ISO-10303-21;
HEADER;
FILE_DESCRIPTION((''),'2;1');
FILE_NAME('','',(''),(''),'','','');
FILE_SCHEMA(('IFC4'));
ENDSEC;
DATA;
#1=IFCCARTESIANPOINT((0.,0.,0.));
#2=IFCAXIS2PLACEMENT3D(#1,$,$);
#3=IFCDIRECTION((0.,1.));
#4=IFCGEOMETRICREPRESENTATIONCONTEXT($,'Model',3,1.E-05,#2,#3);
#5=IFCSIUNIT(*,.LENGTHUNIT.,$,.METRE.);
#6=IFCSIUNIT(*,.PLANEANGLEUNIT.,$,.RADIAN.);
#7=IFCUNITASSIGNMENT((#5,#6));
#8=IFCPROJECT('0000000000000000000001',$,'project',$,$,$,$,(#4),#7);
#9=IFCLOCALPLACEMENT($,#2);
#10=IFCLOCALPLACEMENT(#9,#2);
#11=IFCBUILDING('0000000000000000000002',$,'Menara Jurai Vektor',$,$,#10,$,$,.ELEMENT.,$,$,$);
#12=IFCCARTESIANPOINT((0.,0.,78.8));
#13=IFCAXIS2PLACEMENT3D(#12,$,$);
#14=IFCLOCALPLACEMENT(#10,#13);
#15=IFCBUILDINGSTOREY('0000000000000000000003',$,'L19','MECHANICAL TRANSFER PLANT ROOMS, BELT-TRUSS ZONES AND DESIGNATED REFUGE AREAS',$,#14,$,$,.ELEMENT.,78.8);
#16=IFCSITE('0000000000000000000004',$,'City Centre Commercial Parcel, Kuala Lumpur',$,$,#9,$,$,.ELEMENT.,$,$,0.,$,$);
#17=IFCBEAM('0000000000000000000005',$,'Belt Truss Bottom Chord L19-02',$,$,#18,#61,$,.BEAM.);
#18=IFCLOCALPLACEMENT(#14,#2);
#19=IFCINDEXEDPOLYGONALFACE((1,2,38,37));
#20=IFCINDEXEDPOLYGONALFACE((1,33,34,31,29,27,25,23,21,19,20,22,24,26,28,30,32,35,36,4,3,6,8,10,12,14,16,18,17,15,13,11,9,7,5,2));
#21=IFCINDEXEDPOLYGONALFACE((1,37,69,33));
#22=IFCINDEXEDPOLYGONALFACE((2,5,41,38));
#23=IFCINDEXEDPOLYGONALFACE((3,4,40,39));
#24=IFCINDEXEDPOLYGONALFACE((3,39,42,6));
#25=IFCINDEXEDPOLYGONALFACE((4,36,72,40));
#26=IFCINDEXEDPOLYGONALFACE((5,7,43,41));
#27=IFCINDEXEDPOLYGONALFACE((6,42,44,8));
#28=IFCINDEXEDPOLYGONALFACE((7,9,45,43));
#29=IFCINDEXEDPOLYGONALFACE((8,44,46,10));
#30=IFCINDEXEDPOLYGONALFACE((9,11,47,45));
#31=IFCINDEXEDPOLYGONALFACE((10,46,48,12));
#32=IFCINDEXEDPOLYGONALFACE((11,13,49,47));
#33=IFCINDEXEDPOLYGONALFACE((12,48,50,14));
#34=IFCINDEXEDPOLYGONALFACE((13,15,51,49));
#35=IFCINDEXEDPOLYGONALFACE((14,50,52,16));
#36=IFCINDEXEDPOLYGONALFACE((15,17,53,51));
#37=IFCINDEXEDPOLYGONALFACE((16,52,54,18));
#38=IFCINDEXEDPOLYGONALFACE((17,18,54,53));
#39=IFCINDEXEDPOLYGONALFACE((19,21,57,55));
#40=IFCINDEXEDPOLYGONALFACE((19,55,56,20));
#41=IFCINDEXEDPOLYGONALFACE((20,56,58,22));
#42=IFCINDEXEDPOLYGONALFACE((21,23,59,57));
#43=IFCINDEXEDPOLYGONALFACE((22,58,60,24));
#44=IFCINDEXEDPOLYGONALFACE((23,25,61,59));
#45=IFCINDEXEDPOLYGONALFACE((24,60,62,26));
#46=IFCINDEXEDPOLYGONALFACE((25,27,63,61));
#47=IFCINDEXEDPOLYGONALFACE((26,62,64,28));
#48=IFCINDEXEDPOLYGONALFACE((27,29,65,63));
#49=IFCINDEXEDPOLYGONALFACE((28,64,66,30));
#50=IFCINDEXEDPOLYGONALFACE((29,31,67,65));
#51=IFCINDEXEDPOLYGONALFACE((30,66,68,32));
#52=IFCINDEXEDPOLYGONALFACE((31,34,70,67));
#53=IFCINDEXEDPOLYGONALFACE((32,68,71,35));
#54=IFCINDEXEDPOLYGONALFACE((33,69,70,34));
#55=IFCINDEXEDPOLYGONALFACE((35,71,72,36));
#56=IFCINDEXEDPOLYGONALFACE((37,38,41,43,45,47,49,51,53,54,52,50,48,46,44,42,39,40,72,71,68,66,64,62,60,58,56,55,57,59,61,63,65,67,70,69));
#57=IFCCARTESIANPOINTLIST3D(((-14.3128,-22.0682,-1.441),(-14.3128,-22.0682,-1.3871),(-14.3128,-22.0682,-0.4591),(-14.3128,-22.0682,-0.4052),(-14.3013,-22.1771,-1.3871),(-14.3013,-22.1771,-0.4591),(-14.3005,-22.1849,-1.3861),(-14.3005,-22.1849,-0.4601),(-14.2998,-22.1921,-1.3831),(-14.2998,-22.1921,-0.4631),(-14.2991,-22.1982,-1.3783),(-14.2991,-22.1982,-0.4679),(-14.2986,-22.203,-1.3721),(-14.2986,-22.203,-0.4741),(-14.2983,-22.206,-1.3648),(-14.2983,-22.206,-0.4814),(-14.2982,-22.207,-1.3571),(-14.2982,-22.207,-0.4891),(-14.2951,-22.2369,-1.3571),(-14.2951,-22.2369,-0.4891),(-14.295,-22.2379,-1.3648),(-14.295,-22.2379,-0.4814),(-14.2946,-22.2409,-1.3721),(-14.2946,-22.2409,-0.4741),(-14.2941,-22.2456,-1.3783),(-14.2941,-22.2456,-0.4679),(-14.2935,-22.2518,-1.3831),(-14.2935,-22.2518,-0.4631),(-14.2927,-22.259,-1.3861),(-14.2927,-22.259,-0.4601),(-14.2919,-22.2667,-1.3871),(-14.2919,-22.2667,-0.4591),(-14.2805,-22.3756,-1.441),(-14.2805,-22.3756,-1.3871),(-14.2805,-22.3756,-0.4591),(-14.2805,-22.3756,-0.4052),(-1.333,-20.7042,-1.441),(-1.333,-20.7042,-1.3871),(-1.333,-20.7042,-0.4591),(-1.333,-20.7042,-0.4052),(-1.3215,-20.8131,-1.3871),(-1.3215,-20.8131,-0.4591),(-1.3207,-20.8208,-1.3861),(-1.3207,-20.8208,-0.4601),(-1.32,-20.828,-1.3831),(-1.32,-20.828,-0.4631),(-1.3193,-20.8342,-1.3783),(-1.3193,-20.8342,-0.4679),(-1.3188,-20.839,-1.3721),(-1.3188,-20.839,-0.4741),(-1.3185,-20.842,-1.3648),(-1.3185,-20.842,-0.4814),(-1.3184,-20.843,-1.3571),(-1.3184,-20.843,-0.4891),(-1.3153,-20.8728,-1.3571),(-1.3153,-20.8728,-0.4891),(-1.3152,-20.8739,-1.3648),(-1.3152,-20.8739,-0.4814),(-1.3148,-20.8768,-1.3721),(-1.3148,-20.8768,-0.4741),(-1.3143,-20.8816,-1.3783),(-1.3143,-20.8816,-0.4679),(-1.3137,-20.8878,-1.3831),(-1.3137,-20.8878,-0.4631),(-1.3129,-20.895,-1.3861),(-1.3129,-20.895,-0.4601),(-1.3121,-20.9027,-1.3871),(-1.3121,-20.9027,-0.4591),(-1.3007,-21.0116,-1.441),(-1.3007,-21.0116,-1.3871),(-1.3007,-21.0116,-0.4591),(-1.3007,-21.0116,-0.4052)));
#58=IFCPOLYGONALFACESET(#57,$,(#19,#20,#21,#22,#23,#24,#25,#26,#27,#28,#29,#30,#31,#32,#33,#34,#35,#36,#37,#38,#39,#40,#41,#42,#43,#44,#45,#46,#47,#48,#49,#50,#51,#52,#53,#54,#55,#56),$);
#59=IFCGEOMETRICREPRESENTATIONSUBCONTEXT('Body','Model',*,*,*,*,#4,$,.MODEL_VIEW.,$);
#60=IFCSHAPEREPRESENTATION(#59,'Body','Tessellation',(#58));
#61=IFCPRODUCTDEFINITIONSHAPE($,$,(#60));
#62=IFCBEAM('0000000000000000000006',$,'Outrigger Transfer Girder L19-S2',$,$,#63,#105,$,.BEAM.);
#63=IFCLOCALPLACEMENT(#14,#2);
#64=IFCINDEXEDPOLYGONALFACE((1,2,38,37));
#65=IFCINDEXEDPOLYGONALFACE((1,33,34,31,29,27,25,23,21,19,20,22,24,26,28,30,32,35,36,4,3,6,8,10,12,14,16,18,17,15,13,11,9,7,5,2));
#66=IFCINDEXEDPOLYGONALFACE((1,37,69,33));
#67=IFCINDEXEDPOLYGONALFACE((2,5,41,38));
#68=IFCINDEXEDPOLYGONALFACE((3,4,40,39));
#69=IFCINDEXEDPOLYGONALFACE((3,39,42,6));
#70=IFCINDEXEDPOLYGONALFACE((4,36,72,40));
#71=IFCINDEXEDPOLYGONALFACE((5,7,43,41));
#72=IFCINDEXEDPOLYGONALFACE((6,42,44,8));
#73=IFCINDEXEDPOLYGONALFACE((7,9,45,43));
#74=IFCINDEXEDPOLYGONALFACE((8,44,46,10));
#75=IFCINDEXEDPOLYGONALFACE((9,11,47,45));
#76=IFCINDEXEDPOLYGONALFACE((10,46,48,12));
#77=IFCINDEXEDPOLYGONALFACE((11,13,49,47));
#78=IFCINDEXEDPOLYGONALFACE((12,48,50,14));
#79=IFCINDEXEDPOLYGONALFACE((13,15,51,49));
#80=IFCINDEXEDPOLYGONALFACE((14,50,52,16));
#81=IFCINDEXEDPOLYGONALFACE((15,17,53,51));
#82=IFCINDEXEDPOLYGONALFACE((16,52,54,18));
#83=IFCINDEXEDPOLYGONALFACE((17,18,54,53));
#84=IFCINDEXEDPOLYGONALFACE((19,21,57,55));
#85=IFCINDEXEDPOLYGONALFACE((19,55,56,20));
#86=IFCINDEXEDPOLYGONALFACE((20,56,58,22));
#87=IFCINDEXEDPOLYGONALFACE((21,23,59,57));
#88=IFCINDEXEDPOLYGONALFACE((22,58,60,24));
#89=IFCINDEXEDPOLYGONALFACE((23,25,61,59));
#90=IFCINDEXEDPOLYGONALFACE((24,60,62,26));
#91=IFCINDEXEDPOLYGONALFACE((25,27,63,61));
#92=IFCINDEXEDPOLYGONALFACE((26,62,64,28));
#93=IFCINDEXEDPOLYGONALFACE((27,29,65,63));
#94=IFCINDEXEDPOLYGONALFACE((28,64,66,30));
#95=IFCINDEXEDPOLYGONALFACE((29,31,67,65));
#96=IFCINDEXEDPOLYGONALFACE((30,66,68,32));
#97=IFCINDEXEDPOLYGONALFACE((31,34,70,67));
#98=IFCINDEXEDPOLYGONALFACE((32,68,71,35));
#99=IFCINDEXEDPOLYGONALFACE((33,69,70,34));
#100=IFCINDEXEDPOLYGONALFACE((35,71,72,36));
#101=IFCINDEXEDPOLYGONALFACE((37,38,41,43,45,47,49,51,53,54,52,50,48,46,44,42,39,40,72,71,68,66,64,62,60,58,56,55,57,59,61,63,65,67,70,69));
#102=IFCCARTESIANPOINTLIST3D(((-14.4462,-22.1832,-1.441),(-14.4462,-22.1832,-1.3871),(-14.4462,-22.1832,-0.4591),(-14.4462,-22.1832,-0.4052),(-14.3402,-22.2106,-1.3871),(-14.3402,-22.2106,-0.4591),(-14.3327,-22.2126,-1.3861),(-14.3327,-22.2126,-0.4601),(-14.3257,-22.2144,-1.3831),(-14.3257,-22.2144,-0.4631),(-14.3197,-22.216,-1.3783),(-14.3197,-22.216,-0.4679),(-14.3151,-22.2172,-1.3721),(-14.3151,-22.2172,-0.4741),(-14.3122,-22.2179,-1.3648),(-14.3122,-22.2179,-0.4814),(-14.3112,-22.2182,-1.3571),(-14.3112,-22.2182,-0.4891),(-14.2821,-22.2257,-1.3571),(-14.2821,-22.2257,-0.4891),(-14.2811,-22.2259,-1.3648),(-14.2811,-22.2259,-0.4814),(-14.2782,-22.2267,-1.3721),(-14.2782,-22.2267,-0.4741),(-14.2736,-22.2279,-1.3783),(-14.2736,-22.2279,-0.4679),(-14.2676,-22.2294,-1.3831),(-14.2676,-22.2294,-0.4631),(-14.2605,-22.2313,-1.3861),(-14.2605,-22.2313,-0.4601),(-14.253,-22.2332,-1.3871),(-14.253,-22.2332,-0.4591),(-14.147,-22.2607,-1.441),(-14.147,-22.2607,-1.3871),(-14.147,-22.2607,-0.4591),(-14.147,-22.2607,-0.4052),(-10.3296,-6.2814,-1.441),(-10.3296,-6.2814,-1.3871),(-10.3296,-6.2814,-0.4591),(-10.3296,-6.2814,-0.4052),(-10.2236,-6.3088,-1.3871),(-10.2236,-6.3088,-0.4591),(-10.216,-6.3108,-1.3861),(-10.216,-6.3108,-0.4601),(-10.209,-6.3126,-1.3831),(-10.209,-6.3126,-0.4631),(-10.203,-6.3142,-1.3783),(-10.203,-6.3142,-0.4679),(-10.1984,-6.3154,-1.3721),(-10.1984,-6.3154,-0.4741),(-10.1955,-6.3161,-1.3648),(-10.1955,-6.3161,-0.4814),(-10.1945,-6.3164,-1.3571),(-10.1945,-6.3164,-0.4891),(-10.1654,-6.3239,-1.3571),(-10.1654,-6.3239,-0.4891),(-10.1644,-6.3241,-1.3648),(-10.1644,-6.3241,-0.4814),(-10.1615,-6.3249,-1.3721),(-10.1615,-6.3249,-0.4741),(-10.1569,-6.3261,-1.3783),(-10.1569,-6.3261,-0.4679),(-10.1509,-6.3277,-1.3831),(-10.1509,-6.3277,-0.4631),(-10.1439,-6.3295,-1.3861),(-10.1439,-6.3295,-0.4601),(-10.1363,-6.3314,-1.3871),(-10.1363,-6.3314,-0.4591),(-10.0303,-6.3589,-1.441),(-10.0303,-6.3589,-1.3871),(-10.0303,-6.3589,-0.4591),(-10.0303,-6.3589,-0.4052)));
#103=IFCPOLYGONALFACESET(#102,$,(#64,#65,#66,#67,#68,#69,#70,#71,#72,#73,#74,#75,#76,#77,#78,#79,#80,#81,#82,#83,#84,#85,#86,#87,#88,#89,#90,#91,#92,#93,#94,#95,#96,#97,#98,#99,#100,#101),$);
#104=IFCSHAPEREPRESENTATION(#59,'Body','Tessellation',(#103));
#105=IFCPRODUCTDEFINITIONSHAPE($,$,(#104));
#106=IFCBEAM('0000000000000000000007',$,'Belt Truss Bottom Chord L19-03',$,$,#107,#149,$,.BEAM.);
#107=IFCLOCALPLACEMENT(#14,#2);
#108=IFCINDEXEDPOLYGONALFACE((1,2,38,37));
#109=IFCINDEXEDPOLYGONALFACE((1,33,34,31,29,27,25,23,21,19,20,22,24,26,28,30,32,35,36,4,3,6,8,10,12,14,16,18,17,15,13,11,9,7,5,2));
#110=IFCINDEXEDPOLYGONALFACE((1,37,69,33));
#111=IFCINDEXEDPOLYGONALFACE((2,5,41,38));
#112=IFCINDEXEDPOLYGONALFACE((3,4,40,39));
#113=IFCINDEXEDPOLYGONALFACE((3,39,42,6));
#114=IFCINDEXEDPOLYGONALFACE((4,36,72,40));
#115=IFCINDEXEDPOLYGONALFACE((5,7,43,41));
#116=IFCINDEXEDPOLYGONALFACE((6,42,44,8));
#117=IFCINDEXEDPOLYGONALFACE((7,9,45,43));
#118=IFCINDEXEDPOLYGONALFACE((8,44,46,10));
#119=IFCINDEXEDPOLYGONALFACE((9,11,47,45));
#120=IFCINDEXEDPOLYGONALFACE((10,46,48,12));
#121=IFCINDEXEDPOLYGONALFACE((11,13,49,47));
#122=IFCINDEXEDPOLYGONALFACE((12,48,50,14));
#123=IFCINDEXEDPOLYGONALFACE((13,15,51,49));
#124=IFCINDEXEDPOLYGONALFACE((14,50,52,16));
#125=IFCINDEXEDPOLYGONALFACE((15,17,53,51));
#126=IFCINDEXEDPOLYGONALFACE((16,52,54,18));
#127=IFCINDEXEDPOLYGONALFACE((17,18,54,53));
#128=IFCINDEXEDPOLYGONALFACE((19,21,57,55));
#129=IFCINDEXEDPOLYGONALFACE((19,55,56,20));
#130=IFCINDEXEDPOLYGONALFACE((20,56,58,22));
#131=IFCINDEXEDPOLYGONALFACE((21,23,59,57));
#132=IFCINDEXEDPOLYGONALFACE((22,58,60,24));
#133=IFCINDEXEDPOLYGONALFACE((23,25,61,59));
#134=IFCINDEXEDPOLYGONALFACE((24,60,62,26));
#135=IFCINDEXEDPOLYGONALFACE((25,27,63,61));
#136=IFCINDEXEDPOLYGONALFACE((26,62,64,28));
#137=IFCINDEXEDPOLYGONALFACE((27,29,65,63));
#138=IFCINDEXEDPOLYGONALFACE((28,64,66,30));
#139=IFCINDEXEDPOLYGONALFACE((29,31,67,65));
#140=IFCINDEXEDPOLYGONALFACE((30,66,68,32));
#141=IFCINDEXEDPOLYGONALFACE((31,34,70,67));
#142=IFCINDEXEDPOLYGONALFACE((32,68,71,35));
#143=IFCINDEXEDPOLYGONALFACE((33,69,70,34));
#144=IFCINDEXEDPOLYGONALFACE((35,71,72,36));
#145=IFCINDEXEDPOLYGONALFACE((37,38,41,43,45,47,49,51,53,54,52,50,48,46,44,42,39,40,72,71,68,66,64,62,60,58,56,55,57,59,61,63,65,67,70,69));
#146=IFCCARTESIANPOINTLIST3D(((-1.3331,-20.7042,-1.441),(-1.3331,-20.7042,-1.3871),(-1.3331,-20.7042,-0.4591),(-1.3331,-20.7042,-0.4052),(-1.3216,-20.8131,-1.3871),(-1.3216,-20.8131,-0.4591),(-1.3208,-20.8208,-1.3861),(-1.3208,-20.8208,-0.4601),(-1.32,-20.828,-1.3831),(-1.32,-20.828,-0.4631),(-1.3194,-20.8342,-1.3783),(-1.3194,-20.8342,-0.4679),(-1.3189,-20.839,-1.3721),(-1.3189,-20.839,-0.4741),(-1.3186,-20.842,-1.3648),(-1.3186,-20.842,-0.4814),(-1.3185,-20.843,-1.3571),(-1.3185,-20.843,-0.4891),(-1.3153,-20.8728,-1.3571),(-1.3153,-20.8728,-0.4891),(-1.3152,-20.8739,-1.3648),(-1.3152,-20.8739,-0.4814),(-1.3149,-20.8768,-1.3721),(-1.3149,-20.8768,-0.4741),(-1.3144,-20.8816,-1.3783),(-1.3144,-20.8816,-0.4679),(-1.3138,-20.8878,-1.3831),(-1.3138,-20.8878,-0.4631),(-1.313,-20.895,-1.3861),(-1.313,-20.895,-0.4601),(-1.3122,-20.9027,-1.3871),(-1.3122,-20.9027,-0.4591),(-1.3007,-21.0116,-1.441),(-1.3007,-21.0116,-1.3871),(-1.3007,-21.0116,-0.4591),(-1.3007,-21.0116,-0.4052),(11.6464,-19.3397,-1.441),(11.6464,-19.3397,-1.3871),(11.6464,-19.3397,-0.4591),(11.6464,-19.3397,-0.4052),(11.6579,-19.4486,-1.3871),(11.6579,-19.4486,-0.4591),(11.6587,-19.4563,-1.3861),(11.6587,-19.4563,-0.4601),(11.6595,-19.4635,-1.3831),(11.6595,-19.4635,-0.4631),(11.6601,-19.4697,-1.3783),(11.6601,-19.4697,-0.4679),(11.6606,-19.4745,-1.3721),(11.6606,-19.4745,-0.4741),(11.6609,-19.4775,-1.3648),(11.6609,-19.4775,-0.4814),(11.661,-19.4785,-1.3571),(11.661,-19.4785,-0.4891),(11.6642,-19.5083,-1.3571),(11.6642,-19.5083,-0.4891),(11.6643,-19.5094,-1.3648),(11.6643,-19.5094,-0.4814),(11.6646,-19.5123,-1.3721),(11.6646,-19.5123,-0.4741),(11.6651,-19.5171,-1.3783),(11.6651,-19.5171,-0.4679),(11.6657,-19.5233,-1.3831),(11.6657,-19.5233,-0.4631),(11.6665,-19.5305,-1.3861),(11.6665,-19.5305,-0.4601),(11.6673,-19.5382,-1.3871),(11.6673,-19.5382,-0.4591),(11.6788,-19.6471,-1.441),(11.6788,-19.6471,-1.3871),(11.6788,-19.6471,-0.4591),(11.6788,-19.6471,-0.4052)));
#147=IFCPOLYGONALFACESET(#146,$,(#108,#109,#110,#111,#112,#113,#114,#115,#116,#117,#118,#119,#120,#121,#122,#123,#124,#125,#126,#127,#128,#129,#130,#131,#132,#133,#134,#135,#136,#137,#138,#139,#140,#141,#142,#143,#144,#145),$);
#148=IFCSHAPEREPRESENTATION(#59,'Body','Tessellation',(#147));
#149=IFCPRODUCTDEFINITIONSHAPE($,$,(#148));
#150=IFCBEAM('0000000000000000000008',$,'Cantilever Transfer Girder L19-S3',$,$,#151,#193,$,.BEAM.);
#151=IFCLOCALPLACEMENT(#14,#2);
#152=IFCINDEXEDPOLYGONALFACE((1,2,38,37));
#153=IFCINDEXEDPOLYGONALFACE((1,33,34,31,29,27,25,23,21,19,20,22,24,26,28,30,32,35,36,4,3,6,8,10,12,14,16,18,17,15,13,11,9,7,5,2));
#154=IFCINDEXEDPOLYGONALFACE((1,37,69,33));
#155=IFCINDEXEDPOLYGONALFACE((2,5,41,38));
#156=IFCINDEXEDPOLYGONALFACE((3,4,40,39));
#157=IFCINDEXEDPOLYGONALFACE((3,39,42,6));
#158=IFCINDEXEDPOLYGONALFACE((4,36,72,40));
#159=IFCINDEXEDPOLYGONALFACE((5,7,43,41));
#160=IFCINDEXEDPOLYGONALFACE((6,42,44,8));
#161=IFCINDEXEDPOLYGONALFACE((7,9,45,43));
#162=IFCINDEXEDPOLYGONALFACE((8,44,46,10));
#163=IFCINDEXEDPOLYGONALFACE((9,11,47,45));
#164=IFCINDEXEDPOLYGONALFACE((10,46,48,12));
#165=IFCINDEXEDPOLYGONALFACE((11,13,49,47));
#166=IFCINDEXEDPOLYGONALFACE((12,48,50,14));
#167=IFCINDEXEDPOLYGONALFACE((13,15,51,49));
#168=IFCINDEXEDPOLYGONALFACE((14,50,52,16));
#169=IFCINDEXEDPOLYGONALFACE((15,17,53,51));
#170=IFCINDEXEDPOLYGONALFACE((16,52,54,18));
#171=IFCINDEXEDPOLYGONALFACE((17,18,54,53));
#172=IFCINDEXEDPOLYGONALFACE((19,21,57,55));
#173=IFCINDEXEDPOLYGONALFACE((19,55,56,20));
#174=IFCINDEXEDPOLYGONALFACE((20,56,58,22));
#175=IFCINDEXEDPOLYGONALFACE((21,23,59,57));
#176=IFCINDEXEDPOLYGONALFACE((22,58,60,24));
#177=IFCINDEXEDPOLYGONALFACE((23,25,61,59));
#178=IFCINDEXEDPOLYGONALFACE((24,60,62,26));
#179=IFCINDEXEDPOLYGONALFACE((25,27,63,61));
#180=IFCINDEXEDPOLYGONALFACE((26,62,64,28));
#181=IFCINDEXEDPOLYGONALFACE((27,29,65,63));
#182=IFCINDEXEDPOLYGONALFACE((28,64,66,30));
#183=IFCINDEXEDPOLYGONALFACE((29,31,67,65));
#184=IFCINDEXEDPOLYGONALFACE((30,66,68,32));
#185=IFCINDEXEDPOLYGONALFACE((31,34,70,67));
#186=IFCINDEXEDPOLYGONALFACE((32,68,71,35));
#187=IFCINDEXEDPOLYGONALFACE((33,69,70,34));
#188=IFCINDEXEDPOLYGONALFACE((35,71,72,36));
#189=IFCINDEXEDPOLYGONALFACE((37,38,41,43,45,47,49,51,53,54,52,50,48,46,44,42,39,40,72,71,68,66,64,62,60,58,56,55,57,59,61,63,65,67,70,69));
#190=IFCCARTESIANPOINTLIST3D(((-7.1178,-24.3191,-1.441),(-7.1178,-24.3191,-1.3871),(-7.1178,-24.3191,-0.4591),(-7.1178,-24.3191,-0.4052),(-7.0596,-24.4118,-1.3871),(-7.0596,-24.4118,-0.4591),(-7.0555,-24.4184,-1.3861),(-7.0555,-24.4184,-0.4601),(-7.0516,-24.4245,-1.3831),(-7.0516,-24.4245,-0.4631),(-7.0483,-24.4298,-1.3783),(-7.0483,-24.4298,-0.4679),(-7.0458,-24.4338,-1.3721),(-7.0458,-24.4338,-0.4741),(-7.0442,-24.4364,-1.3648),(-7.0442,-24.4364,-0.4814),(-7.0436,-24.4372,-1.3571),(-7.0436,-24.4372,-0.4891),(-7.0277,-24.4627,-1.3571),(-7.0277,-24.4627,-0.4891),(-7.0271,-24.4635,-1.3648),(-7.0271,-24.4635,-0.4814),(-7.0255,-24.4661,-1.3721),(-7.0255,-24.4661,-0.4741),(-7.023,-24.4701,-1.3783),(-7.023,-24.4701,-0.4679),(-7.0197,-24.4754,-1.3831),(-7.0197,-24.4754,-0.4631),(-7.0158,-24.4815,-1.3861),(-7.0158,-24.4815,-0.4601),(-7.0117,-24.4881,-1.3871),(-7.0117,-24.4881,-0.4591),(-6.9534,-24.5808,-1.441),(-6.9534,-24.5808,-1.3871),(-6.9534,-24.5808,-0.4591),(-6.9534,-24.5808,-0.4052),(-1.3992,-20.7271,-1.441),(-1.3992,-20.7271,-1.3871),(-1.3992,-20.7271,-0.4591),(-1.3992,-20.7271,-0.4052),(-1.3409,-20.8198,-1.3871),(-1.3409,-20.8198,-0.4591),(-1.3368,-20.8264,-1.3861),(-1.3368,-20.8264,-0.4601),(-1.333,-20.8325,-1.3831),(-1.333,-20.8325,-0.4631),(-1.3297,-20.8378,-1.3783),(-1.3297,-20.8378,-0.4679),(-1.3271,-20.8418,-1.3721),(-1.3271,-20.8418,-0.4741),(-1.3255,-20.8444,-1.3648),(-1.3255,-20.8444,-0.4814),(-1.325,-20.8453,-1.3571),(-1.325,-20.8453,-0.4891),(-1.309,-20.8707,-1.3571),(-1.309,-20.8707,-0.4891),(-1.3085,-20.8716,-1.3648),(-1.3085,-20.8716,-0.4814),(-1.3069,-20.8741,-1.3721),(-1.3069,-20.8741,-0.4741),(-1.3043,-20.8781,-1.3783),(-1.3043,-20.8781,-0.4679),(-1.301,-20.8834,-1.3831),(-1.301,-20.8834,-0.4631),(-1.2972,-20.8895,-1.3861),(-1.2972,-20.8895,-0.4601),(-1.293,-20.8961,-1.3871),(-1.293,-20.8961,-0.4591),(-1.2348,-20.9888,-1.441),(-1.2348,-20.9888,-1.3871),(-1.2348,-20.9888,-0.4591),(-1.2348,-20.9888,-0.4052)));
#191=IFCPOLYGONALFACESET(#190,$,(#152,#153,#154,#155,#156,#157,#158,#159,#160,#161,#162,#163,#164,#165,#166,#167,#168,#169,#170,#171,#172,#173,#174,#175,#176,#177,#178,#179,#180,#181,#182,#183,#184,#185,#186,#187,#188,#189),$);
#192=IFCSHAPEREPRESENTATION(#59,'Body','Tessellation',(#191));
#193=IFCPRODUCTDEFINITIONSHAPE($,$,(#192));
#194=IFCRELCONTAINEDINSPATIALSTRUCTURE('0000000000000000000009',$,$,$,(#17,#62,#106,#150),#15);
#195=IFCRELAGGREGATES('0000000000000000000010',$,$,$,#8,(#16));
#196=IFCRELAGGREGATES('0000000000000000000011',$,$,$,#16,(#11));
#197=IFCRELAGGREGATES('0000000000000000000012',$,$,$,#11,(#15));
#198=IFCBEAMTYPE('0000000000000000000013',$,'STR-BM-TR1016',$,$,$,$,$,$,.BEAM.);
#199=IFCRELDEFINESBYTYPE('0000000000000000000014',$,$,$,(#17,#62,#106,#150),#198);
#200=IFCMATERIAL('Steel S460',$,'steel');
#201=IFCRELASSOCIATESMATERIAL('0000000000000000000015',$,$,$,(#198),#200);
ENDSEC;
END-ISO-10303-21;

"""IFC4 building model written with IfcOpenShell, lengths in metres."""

from ifc_helpers import new_model, si_unit, direction, frame, origin, origin_2d, place, context, subcontext, project, spatial, i_section, extrude, material, material_profile, profile_set, type_object, element, save


model = new_model("IFC4")

# Units and contexts
model_context = context("Model", 3, precision=1e-05, world=origin(), true_north=direction((0.0, 1.0)))
body_context = subcontext(model_context, "Body", "Model", "MODEL_VIEW")
ifc_project = project(units=[si_unit("LENGTHUNIT", "METRE"), si_unit("PLANEANGLEUNIT", "RADIAN")], contexts=[model_context])

# Site, building, storey
site_placement = place(None, origin())
site = spatial("IfcSite", under=ifc_project, at=site_placement, Name="City Centre Commercial Parcel, Kuala Lumpur", CompositionType="ELEMENT", RefElevation=0.0)
building_placement = place(site_placement, origin())
building = spatial("IfcBuilding", under=site, at=building_placement, Name="Menara Jurai Vektor", CompositionType="ELEMENT")
storey_placement = place(building_placement, frame((0.0, 0.0, 78.8)))
storey = spatial("IfcBuildingStorey", under=building, at=storey_placement, Name="L19", Description="MECHANICAL TRANSFER PLANT ROOMS, BELT-TRUSS ZONES AND DESIGNATED REFUGE AREAS", CompositionType="ELEMENT", Elevation=78.8)

# Shared definitions
ifc_material_1 = material(Name="Steel S460", Category="steel")

# Beams
ifc_material_profile_1 = material_profile(ifc_material_1, i_section(OverallWidth=0.3091, OverallDepth=1.0359, WebThickness=0.03, FlangeThickness=0.054, FilletRadius=0.03, at=origin_2d()), Name="UKB 1016x305x487")
ifc_profile_set_1 = profile_set([ifc_material_profile_1], Name="Steel S460")
beam_type_1 = type_object("IfcBeamType", Name="STR-BM-TR1016", PredefinedType="BEAM", material=ifc_profile_set_1)
beam_1_placement = place(storey_placement, frame((-14.2966, -22.2219, -0.9231), z_axis=(0.994524, 0.104512, 0.0), x_axis=(-0.104512, 0.994524, 0.0)))
element("IfcBeam", 1, at=beam_1_placement, inside=storey, type_object=beam_type_1, Name="Belt Truss Bottom Chord L19-02", PredefinedType="BEAM", context=body_context, shape_type="SweptSolid", body=[
    extrude(i_section(OverallWidth=0.3091, OverallDepth=1.0359, WebThickness=0.03, FlangeThickness=0.054, FilletRadius=0.03, at=origin_2d()), origin(), (0.0, 0.0, 1.0), 13.0513),
])
beam_2_placement = place(storey_placement, frame((-14.2966, -22.2219, -0.9231), z_axis=(0.25062, 0.968086, 0.0), x_axis=(-0.968086, 0.25062, 0.0)))
element("IfcBeam", 2, at=beam_2_placement, inside=storey, type_object=beam_type_1, Name="Outrigger Transfer Girder L19-S2", PredefinedType="BEAM", context=body_context, shape_type="SweptSolid", body=[
    extrude(i_section(OverallWidth=0.3091, OverallDepth=1.0359, WebThickness=0.03, FlangeThickness=0.054, FilletRadius=0.03, at=origin_2d()), origin(), (0.0, 0.0, 1.0), 16.426),
])
beam_3_placement = place(storey_placement, frame((-1.3169, -20.8579, -0.9231), z_axis=(0.994519, 0.104551, 0.0), x_axis=(-0.104551, 0.994519, 0.0)))
element("IfcBeam", 3, at=beam_3_placement, inside=storey, type_object=beam_type_1, Name="Belt Truss Bottom Chord L19-03", PredefinedType="BEAM", context=body_context, shape_type="SweptSolid", body=[
    extrude(i_section(OverallWidth=0.3091, OverallDepth=1.0359, WebThickness=0.03, FlangeThickness=0.054, FilletRadius=0.03, at=origin_2d()), origin(), (0.0, 0.0, 1.0), 13.051),
])
beam_4_placement = place(storey_placement, frame((-7.0356, -24.45, -0.9231), z_axis=(0.84681, 0.531895, 0.0), x_axis=(-0.531895, 0.84681, 0.0)))
element("IfcBeam", 4, at=beam_4_placement, inside=storey, type_object=beam_type_1, Name="Cantilever Transfer Girder L19-S3", PredefinedType="BEAM", context=body_context, shape_type="SweptSolid", body=[
    extrude(i_section(OverallWidth=0.3091, OverallDepth=1.0359, WebThickness=0.03, FlangeThickness=0.054, FilletRadius=0.03, at=origin_2d()), origin(), (0.0, 0.0, 1.0), 6.7532),
])

save(model, "model.ifc")
